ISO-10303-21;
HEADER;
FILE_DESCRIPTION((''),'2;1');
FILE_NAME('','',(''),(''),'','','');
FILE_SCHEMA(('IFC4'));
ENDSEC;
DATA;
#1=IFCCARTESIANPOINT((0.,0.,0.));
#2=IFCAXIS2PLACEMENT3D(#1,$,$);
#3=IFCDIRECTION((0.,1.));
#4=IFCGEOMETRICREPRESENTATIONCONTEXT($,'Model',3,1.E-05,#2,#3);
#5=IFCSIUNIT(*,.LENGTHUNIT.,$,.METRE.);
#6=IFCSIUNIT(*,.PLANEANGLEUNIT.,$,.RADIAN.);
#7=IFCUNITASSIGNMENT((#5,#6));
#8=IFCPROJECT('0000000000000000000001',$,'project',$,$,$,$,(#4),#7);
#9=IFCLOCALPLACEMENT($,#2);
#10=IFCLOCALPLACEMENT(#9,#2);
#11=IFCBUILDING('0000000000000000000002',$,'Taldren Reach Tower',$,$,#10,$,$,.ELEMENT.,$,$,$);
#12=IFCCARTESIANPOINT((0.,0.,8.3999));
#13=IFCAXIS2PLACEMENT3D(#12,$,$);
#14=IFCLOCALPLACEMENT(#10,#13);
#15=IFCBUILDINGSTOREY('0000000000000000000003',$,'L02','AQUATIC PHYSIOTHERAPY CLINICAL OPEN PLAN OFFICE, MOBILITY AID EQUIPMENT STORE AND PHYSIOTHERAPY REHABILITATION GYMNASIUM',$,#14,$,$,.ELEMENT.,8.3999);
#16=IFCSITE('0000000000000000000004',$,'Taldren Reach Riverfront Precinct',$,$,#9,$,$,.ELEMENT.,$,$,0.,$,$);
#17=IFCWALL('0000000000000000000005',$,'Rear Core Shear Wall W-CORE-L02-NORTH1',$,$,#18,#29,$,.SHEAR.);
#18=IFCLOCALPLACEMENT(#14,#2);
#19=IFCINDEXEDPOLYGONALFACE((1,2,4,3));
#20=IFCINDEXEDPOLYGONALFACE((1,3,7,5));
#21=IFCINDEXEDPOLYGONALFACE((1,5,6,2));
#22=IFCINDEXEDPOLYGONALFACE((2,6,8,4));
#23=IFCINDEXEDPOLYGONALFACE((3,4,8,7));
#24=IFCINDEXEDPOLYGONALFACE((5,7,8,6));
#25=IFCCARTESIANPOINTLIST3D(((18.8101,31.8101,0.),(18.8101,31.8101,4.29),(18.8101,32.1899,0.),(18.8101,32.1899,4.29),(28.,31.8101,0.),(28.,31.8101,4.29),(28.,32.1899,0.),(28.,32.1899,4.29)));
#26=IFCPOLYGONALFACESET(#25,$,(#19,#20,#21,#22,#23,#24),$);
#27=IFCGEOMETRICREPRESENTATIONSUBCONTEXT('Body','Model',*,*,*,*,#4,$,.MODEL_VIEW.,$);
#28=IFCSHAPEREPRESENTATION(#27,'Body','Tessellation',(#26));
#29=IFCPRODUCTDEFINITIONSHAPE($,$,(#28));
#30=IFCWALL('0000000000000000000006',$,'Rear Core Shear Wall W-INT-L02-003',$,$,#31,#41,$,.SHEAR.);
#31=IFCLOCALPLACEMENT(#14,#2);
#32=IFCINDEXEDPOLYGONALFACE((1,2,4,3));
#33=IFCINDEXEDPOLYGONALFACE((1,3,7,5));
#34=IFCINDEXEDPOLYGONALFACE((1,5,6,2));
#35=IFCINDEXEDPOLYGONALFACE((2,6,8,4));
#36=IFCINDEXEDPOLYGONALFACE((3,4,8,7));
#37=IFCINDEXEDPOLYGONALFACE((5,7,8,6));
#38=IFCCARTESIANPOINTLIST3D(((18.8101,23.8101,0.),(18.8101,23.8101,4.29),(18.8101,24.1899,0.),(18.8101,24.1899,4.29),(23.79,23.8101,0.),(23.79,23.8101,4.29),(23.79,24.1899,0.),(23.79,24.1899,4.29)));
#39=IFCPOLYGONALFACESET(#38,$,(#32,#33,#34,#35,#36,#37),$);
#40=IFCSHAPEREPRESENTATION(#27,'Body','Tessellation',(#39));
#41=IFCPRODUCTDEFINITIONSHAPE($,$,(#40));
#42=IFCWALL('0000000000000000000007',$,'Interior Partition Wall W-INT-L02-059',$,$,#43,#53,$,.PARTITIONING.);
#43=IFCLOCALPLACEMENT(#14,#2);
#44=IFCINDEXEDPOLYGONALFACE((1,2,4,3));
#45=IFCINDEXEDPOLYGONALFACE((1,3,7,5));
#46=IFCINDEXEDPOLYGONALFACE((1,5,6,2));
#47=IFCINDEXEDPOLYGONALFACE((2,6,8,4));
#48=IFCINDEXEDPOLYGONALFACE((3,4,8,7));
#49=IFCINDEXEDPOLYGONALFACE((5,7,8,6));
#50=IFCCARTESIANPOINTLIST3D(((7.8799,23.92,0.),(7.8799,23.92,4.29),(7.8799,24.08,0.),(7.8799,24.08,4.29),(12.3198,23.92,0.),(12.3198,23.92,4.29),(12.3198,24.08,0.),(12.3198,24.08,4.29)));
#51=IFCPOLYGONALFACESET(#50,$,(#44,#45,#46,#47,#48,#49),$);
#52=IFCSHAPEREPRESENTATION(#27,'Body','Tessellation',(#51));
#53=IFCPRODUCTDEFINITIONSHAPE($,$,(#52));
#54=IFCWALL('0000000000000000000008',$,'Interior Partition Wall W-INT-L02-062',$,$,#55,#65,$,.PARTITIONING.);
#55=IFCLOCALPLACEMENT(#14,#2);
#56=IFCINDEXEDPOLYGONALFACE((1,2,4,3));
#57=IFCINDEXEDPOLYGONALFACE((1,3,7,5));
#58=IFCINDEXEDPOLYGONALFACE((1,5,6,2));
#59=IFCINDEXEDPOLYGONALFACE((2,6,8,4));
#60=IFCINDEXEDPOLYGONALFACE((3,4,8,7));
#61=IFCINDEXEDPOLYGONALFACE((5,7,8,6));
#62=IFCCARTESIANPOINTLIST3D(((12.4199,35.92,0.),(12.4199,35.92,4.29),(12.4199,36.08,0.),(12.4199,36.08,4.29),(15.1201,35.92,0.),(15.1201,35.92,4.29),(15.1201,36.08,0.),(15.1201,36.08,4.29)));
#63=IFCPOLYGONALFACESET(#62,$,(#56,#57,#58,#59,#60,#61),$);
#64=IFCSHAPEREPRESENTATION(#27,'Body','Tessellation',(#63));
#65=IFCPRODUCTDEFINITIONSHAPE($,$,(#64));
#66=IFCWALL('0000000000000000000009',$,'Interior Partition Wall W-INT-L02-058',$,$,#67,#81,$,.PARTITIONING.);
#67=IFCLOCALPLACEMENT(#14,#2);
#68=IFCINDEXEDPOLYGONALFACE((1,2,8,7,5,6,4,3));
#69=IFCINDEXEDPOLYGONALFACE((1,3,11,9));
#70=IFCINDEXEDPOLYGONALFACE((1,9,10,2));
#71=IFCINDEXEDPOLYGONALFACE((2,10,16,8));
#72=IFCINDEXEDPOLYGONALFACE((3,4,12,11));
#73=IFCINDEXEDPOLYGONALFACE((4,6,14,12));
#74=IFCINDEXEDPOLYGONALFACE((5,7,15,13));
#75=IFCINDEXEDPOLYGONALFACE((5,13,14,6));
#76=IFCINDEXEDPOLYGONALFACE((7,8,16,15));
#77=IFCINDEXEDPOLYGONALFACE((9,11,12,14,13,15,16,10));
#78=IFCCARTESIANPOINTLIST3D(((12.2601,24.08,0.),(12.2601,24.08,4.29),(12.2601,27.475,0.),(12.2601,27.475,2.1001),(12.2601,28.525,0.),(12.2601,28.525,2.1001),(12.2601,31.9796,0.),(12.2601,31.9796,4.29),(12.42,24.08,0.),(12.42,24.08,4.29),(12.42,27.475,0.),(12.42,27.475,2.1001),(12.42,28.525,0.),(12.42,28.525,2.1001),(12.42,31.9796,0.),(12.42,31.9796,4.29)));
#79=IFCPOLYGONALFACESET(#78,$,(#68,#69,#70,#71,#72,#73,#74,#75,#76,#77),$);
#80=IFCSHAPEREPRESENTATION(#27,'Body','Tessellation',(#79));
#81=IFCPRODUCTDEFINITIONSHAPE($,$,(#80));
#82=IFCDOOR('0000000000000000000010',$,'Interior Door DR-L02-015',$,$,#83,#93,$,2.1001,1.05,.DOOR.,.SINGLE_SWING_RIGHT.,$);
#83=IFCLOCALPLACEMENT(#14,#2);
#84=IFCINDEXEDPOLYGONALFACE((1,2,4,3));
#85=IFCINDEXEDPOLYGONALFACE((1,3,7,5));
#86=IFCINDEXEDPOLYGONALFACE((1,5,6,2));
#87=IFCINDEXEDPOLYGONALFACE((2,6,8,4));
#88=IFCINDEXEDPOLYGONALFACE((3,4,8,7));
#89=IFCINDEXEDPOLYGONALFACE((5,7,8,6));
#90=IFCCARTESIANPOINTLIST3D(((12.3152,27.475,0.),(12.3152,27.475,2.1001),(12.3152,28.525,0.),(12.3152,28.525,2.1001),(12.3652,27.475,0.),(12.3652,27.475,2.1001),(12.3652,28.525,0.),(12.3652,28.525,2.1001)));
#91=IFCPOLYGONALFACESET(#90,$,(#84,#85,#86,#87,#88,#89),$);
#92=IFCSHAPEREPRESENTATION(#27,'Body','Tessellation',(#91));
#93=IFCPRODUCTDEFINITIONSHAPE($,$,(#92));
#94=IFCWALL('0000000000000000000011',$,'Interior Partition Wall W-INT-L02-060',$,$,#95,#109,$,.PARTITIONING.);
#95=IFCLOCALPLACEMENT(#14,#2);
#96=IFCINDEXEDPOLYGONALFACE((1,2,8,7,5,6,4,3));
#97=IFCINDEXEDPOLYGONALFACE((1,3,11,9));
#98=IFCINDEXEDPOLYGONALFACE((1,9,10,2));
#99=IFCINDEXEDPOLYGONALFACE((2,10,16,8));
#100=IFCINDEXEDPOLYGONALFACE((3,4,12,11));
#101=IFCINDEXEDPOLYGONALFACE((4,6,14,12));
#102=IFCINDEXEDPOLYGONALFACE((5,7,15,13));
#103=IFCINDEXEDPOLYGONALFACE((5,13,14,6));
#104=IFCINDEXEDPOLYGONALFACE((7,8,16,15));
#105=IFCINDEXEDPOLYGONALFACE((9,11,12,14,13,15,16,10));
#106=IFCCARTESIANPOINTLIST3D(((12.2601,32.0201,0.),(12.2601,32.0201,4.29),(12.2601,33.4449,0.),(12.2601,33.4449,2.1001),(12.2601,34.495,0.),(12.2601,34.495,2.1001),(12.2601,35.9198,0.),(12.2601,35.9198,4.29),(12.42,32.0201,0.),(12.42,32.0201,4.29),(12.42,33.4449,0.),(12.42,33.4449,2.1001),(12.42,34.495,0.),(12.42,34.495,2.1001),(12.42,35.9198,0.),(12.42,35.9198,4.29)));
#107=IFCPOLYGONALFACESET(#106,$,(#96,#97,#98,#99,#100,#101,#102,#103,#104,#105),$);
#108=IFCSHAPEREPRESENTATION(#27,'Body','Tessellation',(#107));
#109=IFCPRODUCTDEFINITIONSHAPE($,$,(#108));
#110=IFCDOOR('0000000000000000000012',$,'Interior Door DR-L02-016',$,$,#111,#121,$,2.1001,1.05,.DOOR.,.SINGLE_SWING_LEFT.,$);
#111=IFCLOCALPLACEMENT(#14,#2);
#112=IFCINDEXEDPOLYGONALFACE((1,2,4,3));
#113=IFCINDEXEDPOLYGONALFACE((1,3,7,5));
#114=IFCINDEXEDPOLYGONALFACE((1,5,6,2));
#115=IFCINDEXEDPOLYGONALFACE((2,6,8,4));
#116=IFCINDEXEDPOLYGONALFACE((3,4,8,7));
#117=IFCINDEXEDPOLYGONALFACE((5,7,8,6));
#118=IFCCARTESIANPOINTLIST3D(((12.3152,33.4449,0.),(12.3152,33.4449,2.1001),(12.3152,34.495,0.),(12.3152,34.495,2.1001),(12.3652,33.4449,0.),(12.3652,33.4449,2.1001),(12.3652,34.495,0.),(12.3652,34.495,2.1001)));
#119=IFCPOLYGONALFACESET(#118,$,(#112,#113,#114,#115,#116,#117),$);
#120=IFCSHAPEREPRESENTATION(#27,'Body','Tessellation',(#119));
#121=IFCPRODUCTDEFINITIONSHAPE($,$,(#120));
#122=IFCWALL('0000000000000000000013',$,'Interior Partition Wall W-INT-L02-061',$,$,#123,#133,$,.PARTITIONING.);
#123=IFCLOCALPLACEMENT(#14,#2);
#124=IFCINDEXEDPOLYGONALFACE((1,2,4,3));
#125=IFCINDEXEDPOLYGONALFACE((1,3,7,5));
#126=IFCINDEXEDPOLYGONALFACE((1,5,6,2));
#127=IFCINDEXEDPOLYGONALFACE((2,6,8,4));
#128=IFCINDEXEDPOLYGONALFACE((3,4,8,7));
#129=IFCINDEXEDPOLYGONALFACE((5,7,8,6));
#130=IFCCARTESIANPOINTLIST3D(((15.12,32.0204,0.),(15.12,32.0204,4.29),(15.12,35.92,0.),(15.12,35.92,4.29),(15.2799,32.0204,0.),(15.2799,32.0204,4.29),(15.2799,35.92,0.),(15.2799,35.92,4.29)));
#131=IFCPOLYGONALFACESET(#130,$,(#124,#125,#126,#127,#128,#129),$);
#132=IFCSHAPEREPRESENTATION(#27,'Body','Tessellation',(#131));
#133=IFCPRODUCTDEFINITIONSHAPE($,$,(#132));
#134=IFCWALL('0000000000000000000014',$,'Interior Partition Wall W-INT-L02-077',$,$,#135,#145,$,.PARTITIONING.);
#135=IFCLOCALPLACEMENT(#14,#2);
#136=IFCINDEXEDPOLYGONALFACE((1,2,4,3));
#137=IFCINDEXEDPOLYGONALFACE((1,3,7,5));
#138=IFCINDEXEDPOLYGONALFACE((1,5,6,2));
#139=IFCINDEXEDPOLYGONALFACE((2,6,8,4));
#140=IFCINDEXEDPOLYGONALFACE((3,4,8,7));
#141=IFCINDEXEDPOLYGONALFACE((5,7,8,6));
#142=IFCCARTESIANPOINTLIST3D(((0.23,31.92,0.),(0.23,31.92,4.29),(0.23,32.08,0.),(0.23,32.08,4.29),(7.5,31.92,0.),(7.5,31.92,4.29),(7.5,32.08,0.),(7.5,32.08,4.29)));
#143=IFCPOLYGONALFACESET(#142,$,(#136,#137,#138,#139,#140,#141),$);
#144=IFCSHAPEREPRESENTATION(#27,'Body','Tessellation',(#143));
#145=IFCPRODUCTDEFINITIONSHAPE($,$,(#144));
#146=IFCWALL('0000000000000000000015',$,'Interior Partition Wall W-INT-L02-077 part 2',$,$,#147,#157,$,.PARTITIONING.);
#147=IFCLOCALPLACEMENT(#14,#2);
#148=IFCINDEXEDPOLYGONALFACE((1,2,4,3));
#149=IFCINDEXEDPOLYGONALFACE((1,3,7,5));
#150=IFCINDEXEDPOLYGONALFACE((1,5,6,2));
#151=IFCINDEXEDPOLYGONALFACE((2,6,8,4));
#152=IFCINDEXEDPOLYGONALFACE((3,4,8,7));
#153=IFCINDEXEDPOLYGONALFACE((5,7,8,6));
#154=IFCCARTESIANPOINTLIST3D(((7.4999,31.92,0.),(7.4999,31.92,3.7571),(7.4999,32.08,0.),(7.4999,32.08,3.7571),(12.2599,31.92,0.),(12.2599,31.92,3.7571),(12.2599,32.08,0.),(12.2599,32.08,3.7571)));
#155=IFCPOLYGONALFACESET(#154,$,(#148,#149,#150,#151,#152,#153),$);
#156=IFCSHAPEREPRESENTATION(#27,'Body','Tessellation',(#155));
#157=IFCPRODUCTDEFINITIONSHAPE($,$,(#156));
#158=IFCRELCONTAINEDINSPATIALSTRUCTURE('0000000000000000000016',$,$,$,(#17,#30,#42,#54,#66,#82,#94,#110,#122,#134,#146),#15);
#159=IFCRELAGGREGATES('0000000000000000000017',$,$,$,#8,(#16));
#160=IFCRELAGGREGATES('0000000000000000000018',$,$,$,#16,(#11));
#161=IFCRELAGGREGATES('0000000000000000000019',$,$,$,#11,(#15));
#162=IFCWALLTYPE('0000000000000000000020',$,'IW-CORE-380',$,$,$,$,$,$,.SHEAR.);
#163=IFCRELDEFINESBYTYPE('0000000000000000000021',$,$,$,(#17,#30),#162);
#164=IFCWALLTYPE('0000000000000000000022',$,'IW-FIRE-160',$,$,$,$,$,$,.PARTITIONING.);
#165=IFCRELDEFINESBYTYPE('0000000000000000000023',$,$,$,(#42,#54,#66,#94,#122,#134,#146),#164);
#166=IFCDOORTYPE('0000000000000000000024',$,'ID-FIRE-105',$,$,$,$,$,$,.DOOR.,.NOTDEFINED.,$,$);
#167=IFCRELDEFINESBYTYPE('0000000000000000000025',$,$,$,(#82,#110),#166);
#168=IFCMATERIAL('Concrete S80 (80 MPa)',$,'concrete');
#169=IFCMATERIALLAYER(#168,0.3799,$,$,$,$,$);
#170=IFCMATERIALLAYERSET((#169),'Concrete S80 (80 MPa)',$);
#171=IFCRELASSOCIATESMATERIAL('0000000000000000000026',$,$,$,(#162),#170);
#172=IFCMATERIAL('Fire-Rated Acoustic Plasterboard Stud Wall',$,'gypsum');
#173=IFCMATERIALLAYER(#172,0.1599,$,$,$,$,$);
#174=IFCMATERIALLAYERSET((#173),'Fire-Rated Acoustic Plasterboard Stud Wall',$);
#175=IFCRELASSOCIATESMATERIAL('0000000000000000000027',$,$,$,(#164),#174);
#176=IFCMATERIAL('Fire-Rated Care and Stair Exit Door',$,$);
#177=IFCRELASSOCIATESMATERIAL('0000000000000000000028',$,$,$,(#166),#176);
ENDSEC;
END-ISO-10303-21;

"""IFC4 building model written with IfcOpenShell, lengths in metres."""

from ifc_helpers import new_model, si_unit, direction, frame, frame_2d, origin, place, context, subcontext, project, spatial, rectangle, extrude, source, transform, mapped, material, layer, layer_set, type_object, element, fill, save


model = new_model("IFC4")

# Units and contexts
model_context = context("Model", 3, precision=1e-05, world=origin(), true_north=direction((0.0, 1.0)))
body_context = subcontext(model_context, "Body", "Model", "MODEL_VIEW")
ifc_project = project(units=[si_unit("LENGTHUNIT", "METRE"), si_unit("PLANEANGLEUNIT", "RADIAN")], contexts=[model_context])

# Site, building, storey
site_placement = place(None, origin())
site = spatial("IfcSite", under=ifc_project, at=site_placement, Name="Taldren Reach Riverfront Precinct", CompositionType="ELEMENT", RefElevation=0.0)
building_placement = place(site_placement, origin())
building = spatial("IfcBuilding", under=site, at=building_placement, Name="Taldren Reach Tower", CompositionType="ELEMENT")
storey_placement = place(building_placement, frame((0.0, 0.0, 8.3999)))
storey = spatial("IfcBuildingStorey", under=building, at=storey_placement, Name="L02", Description="AQUATIC PHYSIOTHERAPY CLINICAL OPEN PLAN OFFICE, MOBILITY AID EQUIPMENT STORE AND PHYSIOTHERAPY REHABILITATION GYMNASIUM", CompositionType="ELEMENT", Elevation=8.3999)

# Shared definitions
ifc_material_1 = material(Name="Concrete S80 (80 MPa)", Category="concrete")

# Walls
ifc_layer_1 = layer(ifc_material_1, 0.3799)
ifc_layer_set_1 = layer_set([ifc_layer_1], Name="Concrete S80 (80 MPa)")
wall_type_1 = type_object("IfcWallType", Name="IW-CORE-380", PredefinedType="SHEAR", material=ifc_layer_set_1)
shared_shape_1 = source(origin(), body_context, "Body", "SweptSolid", [
    extrude(rectangle(XDim=9.1899, YDim=0.3799, at=frame_2d((4.595, 0.0))), origin(), (0.0, 0.0, 1.0), 4.29),
])
wall_1_placement = place(storey_placement, frame((18.8101, 32.0, 0.0), z_axis=(0.0, 0.0, 1.0), x_axis=(1.0, 0.0, 0.0)))
element("IfcWall", 1, at=wall_1_placement, inside=storey, type_object=wall_type_1, Name="Rear Core Shear Wall W-CORE-L02-NORTH1", PredefinedType="SHEAR", context=body_context, shape_type="MappedRepresentation", body=[
    mapped(shared_shape_1, transform((0.0, 0.0, 0.0), scale=1.0)),
])
shared_shape_2 = source(origin(), body_context, "Body", "SweptSolid", [
    extrude(rectangle(XDim=4.98, YDim=0.3799, at=frame_2d((2.49, 0.0))), origin(), (0.0, 0.0, 1.0), 4.29),
])
wall_2_placement = place(storey_placement, frame((18.8101, 24.0, 0.0), z_axis=(0.0, 0.0, 1.0), x_axis=(1.0, 0.0, 0.0)))
element("IfcWall", 2, at=wall_2_placement, inside=storey, type_object=wall_type_1, Name="Rear Core Shear Wall W-INT-L02-003", PredefinedType="SHEAR", context=body_context, shape_type="MappedRepresentation", body=[
    mapped(shared_shape_2, transform((0.0, 0.0, 0.0), scale=1.0)),
])
ifc_material_2 = material(Name="Fire-Rated Acoustic Plasterboard Stud Wall", Category="gypsum")
ifc_layer_2 = layer(ifc_material_2, 0.1599)
ifc_layer_set_2 = layer_set([ifc_layer_2], Name="Fire-Rated Acoustic Plasterboard Stud Wall")
wall_type_2 = type_object("IfcWallType", Name="IW-FIRE-160", PredefinedType="PARTITIONING", material=ifc_layer_set_2)
shared_shape_3 = source(origin(), body_context, "Body", "SweptSolid", [
    extrude(rectangle(XDim=4.4399, YDim=0.1599, at=frame_2d((2.22, 0.0))), origin(), (0.0, 0.0, 1.0), 4.29),
])
wall_3_placement = place(storey_placement, frame((7.8799, 24.0, 0.0), z_axis=(0.0, 0.0, 1.0), x_axis=(1.0, 0.0, 0.0)))
element("IfcWall", 3, at=wall_3_placement, inside=storey, type_object=wall_type_2, Name="Interior Partition Wall W-INT-L02-059", PredefinedType="PARTITIONING", context=body_context, shape_type="MappedRepresentation", body=[
    mapped(shared_shape_3, transform((0.0, 0.0, 0.0), scale=1.0)),
])
shared_shape_4 = source(origin(), body_context, "Body", "SweptSolid", [
    extrude(rectangle(XDim=2.7002, YDim=0.1599, at=frame_2d((1.3501, 0.0))), origin(), (0.0, 0.0, 1.0), 4.29),
])
wall_4_placement = place(storey_placement, frame((12.4199, 36.0, 0.0), z_axis=(0.0, 0.0, 1.0), x_axis=(1.0, 0.0, 0.0)))
element("IfcWall", 4, at=wall_4_placement, inside=storey, type_object=wall_type_2, Name="Interior Partition Wall W-INT-L02-062", PredefinedType="PARTITIONING", context=body_context, shape_type="MappedRepresentation", body=[
    mapped(shared_shape_4, transform((0.0, 0.0, 0.0), scale=1.0)),
])

# Walls, openings, doors
shared_shape_5 = source(origin(), body_context, "Body", "SweptSolid", [
    extrude(rectangle(XDim=7.8997, YDim=0.1599, at=frame_2d((3.9497, 0.0))), origin(), (0.0, 0.0, 1.0), 4.29),
])
wall_5_placement = place(storey_placement, frame((12.3401, 24.0801, 0.0), z_axis=(0.0, 0.0, 1.0), x_axis=(0.0, 1.0, 0.0)))
wall_5 = element("IfcWall", 5, at=wall_5_placement, inside=storey, type_object=wall_type_2, Name="Interior Partition Wall W-INT-L02-058", PredefinedType="PARTITIONING", context=body_context, shape_type="MappedRepresentation", body=[
    mapped(shared_shape_5, transform((0.0, 0.0, 0.0), scale=1.0)),
])
shared_shape_6 = source(origin(), body_context, "Body", "SweptSolid", [
    extrude(rectangle(XDim=1.05, YDim=2.1001, at=frame_2d((0.5249, 1.05))), frame((0.0, 0.0898, 0.0), z_axis=(0.0, -1.0, 0.0), x_axis=(1.0, 0.0, 0.0)), (0.0, 0.0, 1.0), 0.1799),
])
opening_1_placement = place(wall_5_placement, frame((3.395, 0.0, 0.0)))
opening_1 = element("IfcOpeningElement", 6, at=opening_1_placement, cuts=wall_5, PredefinedType="OPENING", context=body_context, shape_type="MappedRepresentation", body=[
    mapped(shared_shape_6, transform((0.0, 0.0, 0.0), scale=1.0)),
])
ifc_material_3 = material(Name="Fire-Rated Care and Stair Exit Door")
door_type = type_object("IfcDoorType", Name="ID-FIRE-105", OperationType="NOTDEFINED", PredefinedType="DOOR", material=ifc_material_3)
shared_shape_7 = source(origin(), body_context, "Body", "SweptSolid", [
    extrude(rectangle(XDim=1.05, YDim=2.1001, at=frame_2d((0.5249, 1.05))), frame((0.0, 0.0249, 0.0), z_axis=(0.0, -1.0, 0.0), x_axis=(1.0, 0.0, 0.0)), (0.0, 0.0, 1.0), 0.05),
])
door_1_placement = place(opening_1_placement, origin())
door_1 = element("IfcDoor", 7, at=door_1_placement, inside=storey, type_object=door_type, Name="Interior Door DR-L02-015", OperationType="SINGLE_SWING_RIGHT", OverallHeight=2.1001, OverallWidth=1.05, PredefinedType="DOOR", context=body_context, shape_type="MappedRepresentation", body=[
    mapped(shared_shape_7, transform((0.0, 0.0, 0.0), scale=1.0)),
])
fill(opening_1, door_1)
shared_shape_8 = source(origin(), body_context, "Body", "SweptSolid", [
    extrude(rectangle(XDim=3.8997, YDim=0.1599, at=frame_2d((1.9497, 0.0))), origin(), (0.0, 0.0, 1.0), 4.29),
])
wall_6_placement = place(storey_placement, frame((12.3401, 32.0203, 0.0), z_axis=(0.0, 0.0, 1.0), x_axis=(0.0, 1.0, 0.0)))
wall_6 = element("IfcWall", 8, at=wall_6_placement, inside=storey, type_object=wall_type_2, Name="Interior Partition Wall W-INT-L02-060", PredefinedType="PARTITIONING", context=body_context, shape_type="MappedRepresentation", body=[
    mapped(shared_shape_8, transform((0.0, 0.0, 0.0), scale=1.0)),
])
opening_2_placement = place(wall_6_placement, frame((1.4248, 0.0, 0.0)))
opening_2 = element("IfcOpeningElement", 9, at=opening_2_placement, cuts=wall_6, PredefinedType="OPENING", context=body_context, shape_type="MappedRepresentation", body=[
    mapped(shared_shape_6, transform((0.0, 0.0, 0.0), scale=1.0)),
])
door_2_placement = place(opening_2_placement, origin())
door_2 = element("IfcDoor", 10, at=door_2_placement, inside=storey, type_object=door_type, Name="Interior Door DR-L02-016", OperationType="SINGLE_SWING_LEFT", OverallHeight=2.1001, OverallWidth=1.05, PredefinedType="DOOR", context=body_context, shape_type="MappedRepresentation", body=[
    mapped(shared_shape_7, transform((0.0, 0.0, 0.0), scale=1.0)),
])
fill(opening_2, door_2)

# Walls
wall_7_placement = place(storey_placement, frame((15.2, 35.9199, 0.0), z_axis=(0.0, 0.0, 1.0), x_axis=(0.0, -1.0, 0.0)))
element("IfcWall", 11, at=wall_7_placement, inside=storey, type_object=wall_type_2, Name="Interior Partition Wall W-INT-L02-061", PredefinedType="PARTITIONING", context=body_context, shape_type="MappedRepresentation", body=[
    mapped(shared_shape_8, transform((0.0, 0.0, 0.0), scale=1.0)),
])
shared_shape_9 = source(origin(), body_context, "Body", "SweptSolid", [
    extrude(rectangle(XDim=7.27, YDim=0.1599, at=frame_2d((3.635, 0.0))), origin(), (0.0, 0.0, 1.0), 4.29),
])
wall_8_placement = place(storey_placement, frame((0.23, 32.0, 0.0), z_axis=(0.0, 0.0, 1.0), x_axis=(1.0, 0.0, 0.0)))
element("IfcWall", 12, at=wall_8_placement, inside=storey, type_object=wall_type_2, Name="Interior Partition Wall W-INT-L02-077", PredefinedType="PARTITIONING", context=body_context, shape_type="MappedRepresentation", body=[
    mapped(shared_shape_9, transform((0.0, 0.0, 0.0), scale=1.0)),
])
shared_shape_10 = source(origin(), body_context, "Body", "SweptSolid", [
    extrude(rectangle(XDim=4.76, YDim=0.1599, at=frame_2d((2.3799, 0.0))), origin(), (0.0, 0.0, 1.0), 3.7571),
])
wall_9_placement = place(storey_placement, frame((7.5, 32.0, 0.0), z_axis=(0.0, 0.0, 1.0), x_axis=(1.0, 0.0, 0.0)))
element("IfcWall", 13, at=wall_9_placement, inside=storey, type_object=wall_type_2, Name="Interior Partition Wall W-INT-L02-077 part 2", PredefinedType="PARTITIONING", context=body_context, shape_type="MappedRepresentation", body=[
    mapped(shared_shape_10, transform((0.0, 0.0, 0.0), scale=1.0)),
])

save(model, "model.ifc")
